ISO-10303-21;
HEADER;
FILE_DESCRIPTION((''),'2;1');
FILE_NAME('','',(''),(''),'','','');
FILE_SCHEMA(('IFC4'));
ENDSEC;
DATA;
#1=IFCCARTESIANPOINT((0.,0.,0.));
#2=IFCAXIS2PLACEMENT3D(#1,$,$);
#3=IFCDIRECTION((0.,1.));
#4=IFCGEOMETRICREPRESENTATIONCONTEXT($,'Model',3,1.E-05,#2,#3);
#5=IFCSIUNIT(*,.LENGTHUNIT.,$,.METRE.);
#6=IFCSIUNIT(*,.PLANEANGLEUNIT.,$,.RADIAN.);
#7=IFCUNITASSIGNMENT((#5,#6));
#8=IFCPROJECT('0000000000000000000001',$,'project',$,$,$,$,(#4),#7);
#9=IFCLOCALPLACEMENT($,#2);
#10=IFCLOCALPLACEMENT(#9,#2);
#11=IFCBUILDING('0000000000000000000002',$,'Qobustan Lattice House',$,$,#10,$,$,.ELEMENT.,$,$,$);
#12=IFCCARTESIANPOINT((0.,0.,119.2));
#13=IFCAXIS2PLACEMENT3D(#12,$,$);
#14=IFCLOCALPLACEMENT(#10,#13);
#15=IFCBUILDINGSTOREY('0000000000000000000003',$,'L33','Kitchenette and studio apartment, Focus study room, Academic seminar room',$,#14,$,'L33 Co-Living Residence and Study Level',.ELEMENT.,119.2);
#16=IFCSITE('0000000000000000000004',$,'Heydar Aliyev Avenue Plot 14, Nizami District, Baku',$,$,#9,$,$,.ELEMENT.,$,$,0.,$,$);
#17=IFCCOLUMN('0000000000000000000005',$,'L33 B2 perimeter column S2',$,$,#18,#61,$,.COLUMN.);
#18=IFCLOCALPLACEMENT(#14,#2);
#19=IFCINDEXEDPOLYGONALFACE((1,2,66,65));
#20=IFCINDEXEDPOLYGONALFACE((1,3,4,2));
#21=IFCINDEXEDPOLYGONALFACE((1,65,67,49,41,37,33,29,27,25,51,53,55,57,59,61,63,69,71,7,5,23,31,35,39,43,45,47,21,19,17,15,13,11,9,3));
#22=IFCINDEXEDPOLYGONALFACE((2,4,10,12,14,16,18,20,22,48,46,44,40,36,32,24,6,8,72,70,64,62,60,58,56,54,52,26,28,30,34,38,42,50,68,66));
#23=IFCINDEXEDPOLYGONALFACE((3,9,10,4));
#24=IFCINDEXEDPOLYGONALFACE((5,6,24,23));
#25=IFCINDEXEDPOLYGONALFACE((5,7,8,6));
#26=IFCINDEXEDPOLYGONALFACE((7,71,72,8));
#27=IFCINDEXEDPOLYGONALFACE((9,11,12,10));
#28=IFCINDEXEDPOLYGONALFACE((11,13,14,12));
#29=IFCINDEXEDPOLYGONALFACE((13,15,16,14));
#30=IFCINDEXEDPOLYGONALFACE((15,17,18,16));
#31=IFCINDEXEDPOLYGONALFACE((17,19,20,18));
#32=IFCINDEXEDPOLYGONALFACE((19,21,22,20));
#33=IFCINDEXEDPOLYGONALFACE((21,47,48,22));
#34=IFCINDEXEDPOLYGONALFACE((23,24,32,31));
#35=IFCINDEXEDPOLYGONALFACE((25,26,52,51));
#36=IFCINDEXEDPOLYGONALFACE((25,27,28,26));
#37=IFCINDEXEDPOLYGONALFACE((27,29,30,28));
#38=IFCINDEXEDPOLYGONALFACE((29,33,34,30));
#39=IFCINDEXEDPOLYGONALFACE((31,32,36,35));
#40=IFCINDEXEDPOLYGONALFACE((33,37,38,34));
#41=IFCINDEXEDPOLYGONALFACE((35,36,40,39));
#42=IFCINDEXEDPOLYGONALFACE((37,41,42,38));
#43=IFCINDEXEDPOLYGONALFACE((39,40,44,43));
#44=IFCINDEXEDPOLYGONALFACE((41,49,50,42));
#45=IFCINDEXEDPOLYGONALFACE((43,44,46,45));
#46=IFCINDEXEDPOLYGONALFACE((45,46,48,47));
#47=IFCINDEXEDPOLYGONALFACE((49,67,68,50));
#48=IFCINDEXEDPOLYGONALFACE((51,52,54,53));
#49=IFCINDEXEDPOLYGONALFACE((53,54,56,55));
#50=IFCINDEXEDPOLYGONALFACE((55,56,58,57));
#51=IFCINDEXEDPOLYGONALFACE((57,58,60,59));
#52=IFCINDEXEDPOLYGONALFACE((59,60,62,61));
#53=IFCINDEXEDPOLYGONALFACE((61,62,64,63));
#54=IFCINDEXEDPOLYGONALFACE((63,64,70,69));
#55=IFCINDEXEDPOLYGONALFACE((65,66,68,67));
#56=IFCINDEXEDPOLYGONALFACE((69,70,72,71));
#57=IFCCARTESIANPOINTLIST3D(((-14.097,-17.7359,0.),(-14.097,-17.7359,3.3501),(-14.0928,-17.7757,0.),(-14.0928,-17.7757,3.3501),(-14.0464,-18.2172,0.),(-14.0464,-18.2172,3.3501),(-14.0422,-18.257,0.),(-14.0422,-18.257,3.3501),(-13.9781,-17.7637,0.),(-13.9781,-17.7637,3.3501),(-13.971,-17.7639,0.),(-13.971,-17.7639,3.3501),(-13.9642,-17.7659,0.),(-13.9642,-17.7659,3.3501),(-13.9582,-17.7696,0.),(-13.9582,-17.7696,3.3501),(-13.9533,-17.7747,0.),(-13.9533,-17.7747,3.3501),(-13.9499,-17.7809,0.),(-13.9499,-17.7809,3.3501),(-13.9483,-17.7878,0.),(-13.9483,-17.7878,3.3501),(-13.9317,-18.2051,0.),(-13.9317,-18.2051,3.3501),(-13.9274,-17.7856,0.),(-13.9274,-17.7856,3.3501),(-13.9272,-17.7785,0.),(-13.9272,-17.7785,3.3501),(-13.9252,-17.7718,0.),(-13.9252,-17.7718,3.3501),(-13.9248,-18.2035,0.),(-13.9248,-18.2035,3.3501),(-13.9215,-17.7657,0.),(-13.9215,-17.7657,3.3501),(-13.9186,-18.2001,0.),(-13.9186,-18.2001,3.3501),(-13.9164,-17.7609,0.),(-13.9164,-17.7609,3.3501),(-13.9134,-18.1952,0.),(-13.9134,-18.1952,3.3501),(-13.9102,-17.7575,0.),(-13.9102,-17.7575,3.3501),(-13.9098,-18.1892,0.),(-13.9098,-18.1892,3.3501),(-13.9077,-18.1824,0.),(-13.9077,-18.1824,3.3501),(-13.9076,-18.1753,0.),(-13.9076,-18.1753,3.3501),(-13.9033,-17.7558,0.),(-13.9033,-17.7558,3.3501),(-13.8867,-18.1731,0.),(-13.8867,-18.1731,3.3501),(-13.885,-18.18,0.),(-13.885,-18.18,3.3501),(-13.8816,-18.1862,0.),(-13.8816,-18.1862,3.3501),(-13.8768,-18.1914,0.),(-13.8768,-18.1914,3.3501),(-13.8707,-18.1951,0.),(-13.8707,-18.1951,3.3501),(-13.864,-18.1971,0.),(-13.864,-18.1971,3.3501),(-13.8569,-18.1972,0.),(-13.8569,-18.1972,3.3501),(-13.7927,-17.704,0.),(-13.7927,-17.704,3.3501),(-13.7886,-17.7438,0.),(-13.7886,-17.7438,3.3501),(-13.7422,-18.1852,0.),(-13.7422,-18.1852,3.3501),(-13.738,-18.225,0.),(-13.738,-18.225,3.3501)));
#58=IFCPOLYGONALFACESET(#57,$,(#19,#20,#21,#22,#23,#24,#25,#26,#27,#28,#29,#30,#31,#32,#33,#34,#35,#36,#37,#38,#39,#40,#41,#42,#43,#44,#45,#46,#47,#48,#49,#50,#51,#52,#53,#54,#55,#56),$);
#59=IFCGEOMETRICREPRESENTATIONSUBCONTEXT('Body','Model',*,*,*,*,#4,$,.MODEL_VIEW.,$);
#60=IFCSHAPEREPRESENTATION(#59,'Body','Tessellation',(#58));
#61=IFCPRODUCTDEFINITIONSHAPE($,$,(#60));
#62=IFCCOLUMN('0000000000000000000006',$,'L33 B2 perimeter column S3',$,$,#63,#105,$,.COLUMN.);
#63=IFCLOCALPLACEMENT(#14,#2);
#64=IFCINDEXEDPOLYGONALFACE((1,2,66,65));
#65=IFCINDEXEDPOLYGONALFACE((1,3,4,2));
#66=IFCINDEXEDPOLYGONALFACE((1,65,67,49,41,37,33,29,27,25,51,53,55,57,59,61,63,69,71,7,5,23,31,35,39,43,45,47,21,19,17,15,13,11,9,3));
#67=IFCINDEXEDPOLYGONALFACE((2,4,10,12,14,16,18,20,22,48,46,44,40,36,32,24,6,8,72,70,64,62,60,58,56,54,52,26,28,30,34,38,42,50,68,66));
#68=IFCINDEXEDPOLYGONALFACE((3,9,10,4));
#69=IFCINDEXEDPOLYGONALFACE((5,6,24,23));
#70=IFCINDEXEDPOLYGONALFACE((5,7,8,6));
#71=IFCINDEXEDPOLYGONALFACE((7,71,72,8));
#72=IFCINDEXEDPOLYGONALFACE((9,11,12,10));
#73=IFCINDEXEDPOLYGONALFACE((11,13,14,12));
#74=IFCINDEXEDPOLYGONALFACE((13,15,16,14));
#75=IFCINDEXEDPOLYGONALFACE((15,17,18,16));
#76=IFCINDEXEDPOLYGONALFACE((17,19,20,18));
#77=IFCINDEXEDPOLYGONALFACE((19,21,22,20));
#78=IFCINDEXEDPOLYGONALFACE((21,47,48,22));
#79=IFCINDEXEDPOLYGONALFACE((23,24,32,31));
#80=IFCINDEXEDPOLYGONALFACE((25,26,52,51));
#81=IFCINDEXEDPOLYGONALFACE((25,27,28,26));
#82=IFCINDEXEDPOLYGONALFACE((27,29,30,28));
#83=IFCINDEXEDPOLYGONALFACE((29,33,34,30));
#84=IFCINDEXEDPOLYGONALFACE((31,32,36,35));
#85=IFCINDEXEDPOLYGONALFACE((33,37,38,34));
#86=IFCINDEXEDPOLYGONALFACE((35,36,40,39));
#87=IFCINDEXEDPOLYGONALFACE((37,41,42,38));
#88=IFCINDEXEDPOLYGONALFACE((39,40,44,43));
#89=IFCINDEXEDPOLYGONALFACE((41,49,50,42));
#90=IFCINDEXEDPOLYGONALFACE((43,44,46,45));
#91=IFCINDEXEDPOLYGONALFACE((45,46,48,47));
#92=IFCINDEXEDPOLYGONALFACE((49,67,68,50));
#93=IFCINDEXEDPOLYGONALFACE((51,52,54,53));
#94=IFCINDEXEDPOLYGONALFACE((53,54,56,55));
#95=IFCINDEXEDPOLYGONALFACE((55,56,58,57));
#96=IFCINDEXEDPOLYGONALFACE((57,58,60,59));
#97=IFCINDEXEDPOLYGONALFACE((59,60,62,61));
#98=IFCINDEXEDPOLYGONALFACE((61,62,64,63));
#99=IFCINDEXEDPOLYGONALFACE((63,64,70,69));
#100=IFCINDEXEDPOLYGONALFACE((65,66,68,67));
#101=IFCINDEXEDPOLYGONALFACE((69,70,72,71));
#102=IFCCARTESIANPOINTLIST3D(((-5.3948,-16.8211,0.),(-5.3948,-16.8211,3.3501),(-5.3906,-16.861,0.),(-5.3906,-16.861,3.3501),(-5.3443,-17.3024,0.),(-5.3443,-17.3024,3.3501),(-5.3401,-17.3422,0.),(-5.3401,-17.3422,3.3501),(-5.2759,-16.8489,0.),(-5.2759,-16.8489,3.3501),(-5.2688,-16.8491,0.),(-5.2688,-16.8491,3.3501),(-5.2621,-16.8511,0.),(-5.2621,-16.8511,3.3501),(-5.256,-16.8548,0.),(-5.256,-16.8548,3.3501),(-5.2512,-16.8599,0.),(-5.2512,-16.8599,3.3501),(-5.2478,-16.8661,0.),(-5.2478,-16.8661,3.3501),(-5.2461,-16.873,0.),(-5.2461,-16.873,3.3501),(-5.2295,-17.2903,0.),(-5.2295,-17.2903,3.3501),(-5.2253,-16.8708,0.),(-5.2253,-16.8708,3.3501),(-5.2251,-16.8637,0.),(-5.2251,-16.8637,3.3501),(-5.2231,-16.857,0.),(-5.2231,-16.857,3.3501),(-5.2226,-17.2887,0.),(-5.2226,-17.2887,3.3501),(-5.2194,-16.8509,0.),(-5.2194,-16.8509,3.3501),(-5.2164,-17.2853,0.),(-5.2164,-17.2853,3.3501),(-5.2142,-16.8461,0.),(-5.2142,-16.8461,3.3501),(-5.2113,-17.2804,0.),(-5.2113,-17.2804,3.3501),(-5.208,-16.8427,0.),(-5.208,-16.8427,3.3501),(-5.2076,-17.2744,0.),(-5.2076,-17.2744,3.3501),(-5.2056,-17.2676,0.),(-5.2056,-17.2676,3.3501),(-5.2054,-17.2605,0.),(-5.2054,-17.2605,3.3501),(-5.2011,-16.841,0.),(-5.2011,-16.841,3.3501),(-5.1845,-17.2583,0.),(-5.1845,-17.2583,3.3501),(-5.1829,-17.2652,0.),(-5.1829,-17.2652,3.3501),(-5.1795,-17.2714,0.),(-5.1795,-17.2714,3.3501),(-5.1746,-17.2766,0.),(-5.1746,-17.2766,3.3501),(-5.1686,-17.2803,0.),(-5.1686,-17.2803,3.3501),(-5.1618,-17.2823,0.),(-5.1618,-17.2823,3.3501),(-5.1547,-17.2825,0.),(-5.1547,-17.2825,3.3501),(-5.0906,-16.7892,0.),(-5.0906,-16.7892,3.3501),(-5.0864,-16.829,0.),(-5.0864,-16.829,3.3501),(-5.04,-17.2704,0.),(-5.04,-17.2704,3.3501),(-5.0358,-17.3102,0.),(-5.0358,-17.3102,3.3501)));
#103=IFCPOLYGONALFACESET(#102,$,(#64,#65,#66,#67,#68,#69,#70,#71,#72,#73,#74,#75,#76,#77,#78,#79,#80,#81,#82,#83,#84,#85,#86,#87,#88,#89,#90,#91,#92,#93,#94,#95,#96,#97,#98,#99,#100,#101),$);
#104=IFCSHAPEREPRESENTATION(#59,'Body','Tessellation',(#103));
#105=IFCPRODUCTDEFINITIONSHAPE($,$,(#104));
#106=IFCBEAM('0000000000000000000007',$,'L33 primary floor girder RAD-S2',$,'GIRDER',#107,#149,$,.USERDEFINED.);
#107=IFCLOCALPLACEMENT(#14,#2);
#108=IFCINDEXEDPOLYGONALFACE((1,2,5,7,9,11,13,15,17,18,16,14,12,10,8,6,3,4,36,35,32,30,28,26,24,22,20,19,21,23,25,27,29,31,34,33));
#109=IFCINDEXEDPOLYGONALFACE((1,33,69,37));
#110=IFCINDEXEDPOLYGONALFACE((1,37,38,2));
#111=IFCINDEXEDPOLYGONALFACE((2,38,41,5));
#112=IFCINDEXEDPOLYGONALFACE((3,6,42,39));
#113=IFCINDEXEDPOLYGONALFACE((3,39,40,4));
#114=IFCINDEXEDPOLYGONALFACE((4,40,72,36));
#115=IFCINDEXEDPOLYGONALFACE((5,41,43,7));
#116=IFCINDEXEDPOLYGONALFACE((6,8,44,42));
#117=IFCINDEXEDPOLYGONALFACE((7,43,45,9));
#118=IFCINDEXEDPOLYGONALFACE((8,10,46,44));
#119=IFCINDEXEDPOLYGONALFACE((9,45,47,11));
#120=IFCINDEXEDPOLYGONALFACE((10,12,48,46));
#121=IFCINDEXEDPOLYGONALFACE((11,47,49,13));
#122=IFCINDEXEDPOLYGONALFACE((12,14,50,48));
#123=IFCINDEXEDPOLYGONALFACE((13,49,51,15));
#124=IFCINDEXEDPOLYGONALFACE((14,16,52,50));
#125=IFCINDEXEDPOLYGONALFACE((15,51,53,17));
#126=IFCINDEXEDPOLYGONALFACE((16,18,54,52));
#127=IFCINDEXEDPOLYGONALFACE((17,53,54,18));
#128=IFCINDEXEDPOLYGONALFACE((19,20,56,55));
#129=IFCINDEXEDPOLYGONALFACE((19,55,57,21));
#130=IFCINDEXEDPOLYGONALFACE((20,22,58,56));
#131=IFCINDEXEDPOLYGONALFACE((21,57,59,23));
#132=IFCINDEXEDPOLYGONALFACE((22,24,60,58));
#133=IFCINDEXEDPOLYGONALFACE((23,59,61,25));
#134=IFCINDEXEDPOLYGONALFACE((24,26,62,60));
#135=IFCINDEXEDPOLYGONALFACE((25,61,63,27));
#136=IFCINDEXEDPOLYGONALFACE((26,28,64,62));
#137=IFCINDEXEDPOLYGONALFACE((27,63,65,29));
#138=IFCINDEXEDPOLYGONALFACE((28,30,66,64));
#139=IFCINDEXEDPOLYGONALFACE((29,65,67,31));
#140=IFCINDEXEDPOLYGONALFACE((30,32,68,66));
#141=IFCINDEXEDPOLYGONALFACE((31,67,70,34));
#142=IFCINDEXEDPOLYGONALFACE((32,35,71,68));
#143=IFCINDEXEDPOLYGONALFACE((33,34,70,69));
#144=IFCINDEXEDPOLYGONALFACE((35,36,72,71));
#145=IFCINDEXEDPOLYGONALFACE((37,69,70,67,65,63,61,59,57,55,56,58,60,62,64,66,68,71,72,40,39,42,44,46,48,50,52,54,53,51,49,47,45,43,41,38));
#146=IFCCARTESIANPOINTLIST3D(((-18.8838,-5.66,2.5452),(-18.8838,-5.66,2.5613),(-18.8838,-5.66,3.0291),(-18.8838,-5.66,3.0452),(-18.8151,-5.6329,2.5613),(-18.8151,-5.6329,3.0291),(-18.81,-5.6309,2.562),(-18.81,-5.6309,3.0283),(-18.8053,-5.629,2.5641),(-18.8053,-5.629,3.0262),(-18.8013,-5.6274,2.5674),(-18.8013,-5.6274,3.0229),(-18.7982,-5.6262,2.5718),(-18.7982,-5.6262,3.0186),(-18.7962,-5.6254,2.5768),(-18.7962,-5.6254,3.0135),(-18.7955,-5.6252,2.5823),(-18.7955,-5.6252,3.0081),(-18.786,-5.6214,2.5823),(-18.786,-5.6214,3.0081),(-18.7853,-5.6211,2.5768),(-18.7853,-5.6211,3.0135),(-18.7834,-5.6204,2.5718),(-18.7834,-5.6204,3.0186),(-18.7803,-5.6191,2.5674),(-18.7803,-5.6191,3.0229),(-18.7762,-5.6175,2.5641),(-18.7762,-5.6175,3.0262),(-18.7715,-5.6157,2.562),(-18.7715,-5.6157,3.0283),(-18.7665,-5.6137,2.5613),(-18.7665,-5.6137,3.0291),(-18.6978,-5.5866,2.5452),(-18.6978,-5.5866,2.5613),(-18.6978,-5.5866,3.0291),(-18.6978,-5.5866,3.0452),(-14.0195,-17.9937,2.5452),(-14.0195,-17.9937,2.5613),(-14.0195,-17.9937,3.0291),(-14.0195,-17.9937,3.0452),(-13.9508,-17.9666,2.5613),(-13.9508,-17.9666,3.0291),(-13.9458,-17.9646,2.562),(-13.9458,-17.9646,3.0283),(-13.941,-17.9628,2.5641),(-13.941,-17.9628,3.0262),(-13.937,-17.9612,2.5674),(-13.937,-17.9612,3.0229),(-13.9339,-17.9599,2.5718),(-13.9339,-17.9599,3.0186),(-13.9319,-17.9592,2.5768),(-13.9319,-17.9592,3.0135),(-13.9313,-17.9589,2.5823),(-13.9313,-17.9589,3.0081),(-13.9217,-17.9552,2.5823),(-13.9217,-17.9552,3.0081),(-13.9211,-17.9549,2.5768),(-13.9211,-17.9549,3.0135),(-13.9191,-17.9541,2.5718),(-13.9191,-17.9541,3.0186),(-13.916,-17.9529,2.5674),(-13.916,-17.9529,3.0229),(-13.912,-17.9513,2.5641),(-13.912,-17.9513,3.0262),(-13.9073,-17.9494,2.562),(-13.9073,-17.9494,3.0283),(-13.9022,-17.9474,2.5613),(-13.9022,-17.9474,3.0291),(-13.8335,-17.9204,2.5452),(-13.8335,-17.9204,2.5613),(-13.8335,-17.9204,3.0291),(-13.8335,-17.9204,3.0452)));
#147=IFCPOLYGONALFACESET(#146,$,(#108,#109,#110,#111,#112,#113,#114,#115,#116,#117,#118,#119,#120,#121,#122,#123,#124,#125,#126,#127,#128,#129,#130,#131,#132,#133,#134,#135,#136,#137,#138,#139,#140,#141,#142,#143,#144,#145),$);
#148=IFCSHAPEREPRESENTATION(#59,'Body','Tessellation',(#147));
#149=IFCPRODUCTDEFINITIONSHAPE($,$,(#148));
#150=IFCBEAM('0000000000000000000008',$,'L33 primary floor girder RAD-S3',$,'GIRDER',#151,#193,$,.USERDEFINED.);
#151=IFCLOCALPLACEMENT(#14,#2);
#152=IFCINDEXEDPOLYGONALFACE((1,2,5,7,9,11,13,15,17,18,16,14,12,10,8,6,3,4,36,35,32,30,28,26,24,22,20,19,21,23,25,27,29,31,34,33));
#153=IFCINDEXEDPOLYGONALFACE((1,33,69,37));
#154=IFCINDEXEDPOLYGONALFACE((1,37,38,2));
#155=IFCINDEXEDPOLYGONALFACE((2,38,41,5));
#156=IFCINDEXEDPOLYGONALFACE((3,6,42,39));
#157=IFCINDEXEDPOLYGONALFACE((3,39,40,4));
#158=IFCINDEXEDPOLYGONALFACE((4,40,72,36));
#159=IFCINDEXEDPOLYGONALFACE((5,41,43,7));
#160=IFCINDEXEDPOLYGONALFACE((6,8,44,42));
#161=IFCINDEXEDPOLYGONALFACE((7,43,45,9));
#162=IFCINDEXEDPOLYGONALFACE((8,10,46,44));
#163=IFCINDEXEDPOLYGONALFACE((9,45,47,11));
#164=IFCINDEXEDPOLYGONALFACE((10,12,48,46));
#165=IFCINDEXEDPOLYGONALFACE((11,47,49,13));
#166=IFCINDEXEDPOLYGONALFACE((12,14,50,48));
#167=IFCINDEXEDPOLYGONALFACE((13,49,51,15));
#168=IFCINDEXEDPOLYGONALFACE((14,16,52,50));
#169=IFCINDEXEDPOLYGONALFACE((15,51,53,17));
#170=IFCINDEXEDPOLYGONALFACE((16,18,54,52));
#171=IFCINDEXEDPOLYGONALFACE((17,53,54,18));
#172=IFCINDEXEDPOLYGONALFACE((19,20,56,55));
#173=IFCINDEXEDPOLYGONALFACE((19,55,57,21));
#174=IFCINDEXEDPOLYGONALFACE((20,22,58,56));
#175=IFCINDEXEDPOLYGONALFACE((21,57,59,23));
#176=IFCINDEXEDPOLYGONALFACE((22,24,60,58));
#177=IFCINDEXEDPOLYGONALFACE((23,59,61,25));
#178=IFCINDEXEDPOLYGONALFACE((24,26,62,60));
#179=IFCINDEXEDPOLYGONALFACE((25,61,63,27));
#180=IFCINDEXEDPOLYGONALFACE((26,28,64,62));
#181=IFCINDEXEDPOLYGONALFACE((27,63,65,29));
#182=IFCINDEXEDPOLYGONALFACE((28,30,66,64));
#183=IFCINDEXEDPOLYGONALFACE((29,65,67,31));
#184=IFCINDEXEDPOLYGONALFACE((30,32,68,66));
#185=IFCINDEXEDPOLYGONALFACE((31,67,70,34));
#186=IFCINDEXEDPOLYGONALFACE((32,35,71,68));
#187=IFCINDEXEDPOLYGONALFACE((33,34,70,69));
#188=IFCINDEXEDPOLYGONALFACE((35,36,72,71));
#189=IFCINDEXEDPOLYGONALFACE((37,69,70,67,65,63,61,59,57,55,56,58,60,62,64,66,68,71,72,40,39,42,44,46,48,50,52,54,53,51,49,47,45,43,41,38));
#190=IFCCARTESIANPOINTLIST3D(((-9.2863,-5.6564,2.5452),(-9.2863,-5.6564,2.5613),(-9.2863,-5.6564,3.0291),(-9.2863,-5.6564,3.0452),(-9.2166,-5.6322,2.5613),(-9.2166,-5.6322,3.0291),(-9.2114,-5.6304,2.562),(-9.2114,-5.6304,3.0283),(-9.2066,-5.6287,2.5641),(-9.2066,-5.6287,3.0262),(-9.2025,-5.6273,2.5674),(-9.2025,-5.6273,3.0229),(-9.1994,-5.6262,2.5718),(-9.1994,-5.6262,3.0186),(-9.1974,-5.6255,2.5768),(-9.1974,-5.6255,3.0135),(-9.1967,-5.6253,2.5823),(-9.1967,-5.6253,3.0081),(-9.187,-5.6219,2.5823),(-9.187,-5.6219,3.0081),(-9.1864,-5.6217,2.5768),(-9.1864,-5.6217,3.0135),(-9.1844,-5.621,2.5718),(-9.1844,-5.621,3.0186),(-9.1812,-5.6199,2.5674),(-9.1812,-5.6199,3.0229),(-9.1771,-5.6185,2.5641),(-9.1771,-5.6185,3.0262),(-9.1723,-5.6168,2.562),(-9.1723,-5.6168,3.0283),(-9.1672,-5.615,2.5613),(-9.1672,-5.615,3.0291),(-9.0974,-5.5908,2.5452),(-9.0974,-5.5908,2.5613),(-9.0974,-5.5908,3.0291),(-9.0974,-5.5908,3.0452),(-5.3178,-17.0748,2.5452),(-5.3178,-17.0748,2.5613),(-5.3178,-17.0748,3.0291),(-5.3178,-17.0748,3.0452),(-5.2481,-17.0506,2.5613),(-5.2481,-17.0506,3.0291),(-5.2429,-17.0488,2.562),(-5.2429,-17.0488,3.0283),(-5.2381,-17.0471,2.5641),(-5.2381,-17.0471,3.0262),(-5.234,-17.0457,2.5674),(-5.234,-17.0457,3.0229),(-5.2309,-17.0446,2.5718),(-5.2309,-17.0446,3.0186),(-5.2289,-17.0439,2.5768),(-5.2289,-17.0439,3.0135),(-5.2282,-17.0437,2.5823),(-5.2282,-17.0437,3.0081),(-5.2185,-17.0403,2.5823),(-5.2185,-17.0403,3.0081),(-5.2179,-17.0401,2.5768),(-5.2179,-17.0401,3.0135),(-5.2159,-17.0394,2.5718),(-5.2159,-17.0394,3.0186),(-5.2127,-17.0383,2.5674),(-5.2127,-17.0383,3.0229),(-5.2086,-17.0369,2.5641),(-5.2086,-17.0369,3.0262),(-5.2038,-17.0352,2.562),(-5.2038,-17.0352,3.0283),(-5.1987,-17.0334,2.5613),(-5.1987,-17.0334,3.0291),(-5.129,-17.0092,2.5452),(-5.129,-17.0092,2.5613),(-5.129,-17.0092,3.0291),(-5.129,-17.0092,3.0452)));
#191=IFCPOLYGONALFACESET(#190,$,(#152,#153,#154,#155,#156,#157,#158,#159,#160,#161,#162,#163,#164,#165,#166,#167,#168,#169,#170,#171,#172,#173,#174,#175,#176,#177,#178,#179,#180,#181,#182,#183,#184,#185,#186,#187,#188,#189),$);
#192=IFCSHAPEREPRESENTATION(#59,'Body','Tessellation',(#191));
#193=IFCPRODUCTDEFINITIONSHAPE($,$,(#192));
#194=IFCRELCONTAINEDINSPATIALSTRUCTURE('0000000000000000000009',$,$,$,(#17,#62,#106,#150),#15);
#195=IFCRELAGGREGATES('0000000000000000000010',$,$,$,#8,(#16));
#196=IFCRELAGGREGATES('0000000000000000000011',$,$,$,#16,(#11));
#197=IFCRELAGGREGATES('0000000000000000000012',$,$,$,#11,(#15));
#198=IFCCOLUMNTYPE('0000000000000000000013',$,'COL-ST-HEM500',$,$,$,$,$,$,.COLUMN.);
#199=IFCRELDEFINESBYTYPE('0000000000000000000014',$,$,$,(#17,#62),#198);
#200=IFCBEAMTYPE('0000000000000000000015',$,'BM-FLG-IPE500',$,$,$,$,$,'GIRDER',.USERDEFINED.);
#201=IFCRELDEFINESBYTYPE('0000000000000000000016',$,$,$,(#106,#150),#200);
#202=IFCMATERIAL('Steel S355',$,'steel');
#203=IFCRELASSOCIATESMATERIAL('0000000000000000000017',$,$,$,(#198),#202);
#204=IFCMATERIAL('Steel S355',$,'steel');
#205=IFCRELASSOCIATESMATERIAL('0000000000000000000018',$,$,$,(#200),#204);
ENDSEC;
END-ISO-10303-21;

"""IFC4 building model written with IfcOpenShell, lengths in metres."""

from ifc_helpers import new_model, si_unit, direction, frame, origin, origin_2d, place, context, subcontext, project, spatial, i_section, extrude, material, material_profile, profile_set, type_object, element, save


model = new_model("IFC4")

# Units and contexts
model_context = context("Model", 3, precision=1e-05, world=origin(), true_north=direction((0.0, 1.0)))
body_context = subcontext(model_context, "Body", "Model", "MODEL_VIEW")
ifc_project = project(units=[si_unit("LENGTHUNIT", "METRE"), si_unit("PLANEANGLEUNIT", "RADIAN")], contexts=[model_context])

# Site, building, storey
site_placement = place(None, origin())
site = spatial("IfcSite", under=ifc_project, at=site_placement, Name="Heydar Aliyev Avenue Plot 14, Nizami District, Baku", CompositionType="ELEMENT", RefElevation=0.0)
building_placement = place(site_placement, origin())
building = spatial("IfcBuilding", under=site, at=building_placement, Name="Qobustan Lattice House", CompositionType="ELEMENT")
storey_placement = place(building_placement, frame((0.0, 0.0, 119.2)))
storey = spatial("IfcBuildingStorey", under=building, at=storey_placement, Name="L33", Description="Kitchenette and studio apartment, Focus study room, Academic seminar room", LongName="L33 Co-Living Residence and Study Level", CompositionType="ELEMENT", Elevation=119.2)

# Columns
ifc_material_1 = material(Name="Steel S355", Category="steel")
ifc_material_profile_1 = material_profile(ifc_material_1, i_section(OverallWidth=0.3059, OverallDepth=0.5239, WebThickness=0.021, FlangeThickness=0.04, FilletRadius=0.0271, at=origin_2d()), Name="HEM500")
ifc_profile_set_1 = profile_set([ifc_material_profile_1], Name="Steel S355")
column_type = type_object("IfcColumnType", Name="COL-ST-HEM500", PredefinedType="COLUMN", material=ifc_profile_set_1)
for number, where, z_axis, x_axis, name in (
    (1, (-13.9175, -17.9805, 0.0), (0.0, 0.0, 1.0), (0.994522, 0.104528, 0.0), "L33 B2 perimeter column S2"),
    (2, (-5.2153, -17.0657, 0.0), (0.0, 0.0, 1.0), (0.994522, 0.104528, 0.0), "L33 B2 perimeter column S3"),
):
    element("IfcColumn", number, at=place(storey_placement, frame(where, z_axis=z_axis, x_axis=x_axis)), inside=storey, type_object=column_type, Name=name, PredefinedType="COLUMN", context=body_context, shape_type="SweptSolid", body=[
        extrude(i_section(OverallWidth=0.3059, OverallDepth=0.5239, WebThickness=0.021, FlangeThickness=0.04, FilletRadius=0.0271, at=origin_2d()), origin(), (0.0, 0.0, 1.0), 3.3501),
    ])

# Beams
ifc_material_2 = material(Name="Steel S355", Category="steel")
ifc_material_profile_2 = material_profile(ifc_material_2, i_section(OverallWidth=0.2, OverallDepth=0.5, WebThickness=0.0103, FlangeThickness=0.0161, FilletRadius=0.021, at=origin_2d()), Name="IPE500")
ifc_profile_set_2 = profile_set([ifc_material_profile_2], Name="Steel S355")
beam_type_1 = type_object("IfcBeamType", Name="BM-FLG-IPE500", ElementType="GIRDER", PredefinedType="USERDEFINED", material=ifc_profile_set_2)
beam_1_placement = place(storey_placement, frame((-13.9265, -17.957, 2.7952), z_axis=(-0.366884, 0.930267, 0.0), x_axis=(-0.930267, -0.366884, 0.0)))
element("IfcBeam", 3, at=beam_1_placement, inside=storey, type_object=beam_type_1, Name="L33 primary floor girder RAD-S2", ObjectType="GIRDER", PredefinedType="USERDEFINED", context=body_context, shape_type="SweptSolid", body=[
    extrude(i_section(OverallWidth=0.2, OverallDepth=0.5, WebThickness=0.0103, FlangeThickness=0.0161, FilletRadius=0.021, at=origin_2d()), origin(), (0.0, 0.0, 1.0), 13.2583),
])
beam_2_placement = place(storey_placement, frame((-5.2234, -17.042, 2.7952), z_axis=(-0.32829, 0.944577, 0.0), x_axis=(-0.944577, -0.32829, 0.0)))
element("IfcBeam", 4, at=beam_2_placement, inside=storey, type_object=beam_type_1, Name="L33 primary floor girder RAD-S3", ObjectType="GIRDER", PredefinedType="USERDEFINED", context=body_context, shape_type="SweptSolid", body=[
    extrude(i_section(OverallWidth=0.2, OverallDepth=0.5, WebThickness=0.0103, FlangeThickness=0.0161, FilletRadius=0.021, at=origin_2d()), origin(), (0.0, 0.0, 1.0), 12.0884),
])

save(model, "model.ifc")
